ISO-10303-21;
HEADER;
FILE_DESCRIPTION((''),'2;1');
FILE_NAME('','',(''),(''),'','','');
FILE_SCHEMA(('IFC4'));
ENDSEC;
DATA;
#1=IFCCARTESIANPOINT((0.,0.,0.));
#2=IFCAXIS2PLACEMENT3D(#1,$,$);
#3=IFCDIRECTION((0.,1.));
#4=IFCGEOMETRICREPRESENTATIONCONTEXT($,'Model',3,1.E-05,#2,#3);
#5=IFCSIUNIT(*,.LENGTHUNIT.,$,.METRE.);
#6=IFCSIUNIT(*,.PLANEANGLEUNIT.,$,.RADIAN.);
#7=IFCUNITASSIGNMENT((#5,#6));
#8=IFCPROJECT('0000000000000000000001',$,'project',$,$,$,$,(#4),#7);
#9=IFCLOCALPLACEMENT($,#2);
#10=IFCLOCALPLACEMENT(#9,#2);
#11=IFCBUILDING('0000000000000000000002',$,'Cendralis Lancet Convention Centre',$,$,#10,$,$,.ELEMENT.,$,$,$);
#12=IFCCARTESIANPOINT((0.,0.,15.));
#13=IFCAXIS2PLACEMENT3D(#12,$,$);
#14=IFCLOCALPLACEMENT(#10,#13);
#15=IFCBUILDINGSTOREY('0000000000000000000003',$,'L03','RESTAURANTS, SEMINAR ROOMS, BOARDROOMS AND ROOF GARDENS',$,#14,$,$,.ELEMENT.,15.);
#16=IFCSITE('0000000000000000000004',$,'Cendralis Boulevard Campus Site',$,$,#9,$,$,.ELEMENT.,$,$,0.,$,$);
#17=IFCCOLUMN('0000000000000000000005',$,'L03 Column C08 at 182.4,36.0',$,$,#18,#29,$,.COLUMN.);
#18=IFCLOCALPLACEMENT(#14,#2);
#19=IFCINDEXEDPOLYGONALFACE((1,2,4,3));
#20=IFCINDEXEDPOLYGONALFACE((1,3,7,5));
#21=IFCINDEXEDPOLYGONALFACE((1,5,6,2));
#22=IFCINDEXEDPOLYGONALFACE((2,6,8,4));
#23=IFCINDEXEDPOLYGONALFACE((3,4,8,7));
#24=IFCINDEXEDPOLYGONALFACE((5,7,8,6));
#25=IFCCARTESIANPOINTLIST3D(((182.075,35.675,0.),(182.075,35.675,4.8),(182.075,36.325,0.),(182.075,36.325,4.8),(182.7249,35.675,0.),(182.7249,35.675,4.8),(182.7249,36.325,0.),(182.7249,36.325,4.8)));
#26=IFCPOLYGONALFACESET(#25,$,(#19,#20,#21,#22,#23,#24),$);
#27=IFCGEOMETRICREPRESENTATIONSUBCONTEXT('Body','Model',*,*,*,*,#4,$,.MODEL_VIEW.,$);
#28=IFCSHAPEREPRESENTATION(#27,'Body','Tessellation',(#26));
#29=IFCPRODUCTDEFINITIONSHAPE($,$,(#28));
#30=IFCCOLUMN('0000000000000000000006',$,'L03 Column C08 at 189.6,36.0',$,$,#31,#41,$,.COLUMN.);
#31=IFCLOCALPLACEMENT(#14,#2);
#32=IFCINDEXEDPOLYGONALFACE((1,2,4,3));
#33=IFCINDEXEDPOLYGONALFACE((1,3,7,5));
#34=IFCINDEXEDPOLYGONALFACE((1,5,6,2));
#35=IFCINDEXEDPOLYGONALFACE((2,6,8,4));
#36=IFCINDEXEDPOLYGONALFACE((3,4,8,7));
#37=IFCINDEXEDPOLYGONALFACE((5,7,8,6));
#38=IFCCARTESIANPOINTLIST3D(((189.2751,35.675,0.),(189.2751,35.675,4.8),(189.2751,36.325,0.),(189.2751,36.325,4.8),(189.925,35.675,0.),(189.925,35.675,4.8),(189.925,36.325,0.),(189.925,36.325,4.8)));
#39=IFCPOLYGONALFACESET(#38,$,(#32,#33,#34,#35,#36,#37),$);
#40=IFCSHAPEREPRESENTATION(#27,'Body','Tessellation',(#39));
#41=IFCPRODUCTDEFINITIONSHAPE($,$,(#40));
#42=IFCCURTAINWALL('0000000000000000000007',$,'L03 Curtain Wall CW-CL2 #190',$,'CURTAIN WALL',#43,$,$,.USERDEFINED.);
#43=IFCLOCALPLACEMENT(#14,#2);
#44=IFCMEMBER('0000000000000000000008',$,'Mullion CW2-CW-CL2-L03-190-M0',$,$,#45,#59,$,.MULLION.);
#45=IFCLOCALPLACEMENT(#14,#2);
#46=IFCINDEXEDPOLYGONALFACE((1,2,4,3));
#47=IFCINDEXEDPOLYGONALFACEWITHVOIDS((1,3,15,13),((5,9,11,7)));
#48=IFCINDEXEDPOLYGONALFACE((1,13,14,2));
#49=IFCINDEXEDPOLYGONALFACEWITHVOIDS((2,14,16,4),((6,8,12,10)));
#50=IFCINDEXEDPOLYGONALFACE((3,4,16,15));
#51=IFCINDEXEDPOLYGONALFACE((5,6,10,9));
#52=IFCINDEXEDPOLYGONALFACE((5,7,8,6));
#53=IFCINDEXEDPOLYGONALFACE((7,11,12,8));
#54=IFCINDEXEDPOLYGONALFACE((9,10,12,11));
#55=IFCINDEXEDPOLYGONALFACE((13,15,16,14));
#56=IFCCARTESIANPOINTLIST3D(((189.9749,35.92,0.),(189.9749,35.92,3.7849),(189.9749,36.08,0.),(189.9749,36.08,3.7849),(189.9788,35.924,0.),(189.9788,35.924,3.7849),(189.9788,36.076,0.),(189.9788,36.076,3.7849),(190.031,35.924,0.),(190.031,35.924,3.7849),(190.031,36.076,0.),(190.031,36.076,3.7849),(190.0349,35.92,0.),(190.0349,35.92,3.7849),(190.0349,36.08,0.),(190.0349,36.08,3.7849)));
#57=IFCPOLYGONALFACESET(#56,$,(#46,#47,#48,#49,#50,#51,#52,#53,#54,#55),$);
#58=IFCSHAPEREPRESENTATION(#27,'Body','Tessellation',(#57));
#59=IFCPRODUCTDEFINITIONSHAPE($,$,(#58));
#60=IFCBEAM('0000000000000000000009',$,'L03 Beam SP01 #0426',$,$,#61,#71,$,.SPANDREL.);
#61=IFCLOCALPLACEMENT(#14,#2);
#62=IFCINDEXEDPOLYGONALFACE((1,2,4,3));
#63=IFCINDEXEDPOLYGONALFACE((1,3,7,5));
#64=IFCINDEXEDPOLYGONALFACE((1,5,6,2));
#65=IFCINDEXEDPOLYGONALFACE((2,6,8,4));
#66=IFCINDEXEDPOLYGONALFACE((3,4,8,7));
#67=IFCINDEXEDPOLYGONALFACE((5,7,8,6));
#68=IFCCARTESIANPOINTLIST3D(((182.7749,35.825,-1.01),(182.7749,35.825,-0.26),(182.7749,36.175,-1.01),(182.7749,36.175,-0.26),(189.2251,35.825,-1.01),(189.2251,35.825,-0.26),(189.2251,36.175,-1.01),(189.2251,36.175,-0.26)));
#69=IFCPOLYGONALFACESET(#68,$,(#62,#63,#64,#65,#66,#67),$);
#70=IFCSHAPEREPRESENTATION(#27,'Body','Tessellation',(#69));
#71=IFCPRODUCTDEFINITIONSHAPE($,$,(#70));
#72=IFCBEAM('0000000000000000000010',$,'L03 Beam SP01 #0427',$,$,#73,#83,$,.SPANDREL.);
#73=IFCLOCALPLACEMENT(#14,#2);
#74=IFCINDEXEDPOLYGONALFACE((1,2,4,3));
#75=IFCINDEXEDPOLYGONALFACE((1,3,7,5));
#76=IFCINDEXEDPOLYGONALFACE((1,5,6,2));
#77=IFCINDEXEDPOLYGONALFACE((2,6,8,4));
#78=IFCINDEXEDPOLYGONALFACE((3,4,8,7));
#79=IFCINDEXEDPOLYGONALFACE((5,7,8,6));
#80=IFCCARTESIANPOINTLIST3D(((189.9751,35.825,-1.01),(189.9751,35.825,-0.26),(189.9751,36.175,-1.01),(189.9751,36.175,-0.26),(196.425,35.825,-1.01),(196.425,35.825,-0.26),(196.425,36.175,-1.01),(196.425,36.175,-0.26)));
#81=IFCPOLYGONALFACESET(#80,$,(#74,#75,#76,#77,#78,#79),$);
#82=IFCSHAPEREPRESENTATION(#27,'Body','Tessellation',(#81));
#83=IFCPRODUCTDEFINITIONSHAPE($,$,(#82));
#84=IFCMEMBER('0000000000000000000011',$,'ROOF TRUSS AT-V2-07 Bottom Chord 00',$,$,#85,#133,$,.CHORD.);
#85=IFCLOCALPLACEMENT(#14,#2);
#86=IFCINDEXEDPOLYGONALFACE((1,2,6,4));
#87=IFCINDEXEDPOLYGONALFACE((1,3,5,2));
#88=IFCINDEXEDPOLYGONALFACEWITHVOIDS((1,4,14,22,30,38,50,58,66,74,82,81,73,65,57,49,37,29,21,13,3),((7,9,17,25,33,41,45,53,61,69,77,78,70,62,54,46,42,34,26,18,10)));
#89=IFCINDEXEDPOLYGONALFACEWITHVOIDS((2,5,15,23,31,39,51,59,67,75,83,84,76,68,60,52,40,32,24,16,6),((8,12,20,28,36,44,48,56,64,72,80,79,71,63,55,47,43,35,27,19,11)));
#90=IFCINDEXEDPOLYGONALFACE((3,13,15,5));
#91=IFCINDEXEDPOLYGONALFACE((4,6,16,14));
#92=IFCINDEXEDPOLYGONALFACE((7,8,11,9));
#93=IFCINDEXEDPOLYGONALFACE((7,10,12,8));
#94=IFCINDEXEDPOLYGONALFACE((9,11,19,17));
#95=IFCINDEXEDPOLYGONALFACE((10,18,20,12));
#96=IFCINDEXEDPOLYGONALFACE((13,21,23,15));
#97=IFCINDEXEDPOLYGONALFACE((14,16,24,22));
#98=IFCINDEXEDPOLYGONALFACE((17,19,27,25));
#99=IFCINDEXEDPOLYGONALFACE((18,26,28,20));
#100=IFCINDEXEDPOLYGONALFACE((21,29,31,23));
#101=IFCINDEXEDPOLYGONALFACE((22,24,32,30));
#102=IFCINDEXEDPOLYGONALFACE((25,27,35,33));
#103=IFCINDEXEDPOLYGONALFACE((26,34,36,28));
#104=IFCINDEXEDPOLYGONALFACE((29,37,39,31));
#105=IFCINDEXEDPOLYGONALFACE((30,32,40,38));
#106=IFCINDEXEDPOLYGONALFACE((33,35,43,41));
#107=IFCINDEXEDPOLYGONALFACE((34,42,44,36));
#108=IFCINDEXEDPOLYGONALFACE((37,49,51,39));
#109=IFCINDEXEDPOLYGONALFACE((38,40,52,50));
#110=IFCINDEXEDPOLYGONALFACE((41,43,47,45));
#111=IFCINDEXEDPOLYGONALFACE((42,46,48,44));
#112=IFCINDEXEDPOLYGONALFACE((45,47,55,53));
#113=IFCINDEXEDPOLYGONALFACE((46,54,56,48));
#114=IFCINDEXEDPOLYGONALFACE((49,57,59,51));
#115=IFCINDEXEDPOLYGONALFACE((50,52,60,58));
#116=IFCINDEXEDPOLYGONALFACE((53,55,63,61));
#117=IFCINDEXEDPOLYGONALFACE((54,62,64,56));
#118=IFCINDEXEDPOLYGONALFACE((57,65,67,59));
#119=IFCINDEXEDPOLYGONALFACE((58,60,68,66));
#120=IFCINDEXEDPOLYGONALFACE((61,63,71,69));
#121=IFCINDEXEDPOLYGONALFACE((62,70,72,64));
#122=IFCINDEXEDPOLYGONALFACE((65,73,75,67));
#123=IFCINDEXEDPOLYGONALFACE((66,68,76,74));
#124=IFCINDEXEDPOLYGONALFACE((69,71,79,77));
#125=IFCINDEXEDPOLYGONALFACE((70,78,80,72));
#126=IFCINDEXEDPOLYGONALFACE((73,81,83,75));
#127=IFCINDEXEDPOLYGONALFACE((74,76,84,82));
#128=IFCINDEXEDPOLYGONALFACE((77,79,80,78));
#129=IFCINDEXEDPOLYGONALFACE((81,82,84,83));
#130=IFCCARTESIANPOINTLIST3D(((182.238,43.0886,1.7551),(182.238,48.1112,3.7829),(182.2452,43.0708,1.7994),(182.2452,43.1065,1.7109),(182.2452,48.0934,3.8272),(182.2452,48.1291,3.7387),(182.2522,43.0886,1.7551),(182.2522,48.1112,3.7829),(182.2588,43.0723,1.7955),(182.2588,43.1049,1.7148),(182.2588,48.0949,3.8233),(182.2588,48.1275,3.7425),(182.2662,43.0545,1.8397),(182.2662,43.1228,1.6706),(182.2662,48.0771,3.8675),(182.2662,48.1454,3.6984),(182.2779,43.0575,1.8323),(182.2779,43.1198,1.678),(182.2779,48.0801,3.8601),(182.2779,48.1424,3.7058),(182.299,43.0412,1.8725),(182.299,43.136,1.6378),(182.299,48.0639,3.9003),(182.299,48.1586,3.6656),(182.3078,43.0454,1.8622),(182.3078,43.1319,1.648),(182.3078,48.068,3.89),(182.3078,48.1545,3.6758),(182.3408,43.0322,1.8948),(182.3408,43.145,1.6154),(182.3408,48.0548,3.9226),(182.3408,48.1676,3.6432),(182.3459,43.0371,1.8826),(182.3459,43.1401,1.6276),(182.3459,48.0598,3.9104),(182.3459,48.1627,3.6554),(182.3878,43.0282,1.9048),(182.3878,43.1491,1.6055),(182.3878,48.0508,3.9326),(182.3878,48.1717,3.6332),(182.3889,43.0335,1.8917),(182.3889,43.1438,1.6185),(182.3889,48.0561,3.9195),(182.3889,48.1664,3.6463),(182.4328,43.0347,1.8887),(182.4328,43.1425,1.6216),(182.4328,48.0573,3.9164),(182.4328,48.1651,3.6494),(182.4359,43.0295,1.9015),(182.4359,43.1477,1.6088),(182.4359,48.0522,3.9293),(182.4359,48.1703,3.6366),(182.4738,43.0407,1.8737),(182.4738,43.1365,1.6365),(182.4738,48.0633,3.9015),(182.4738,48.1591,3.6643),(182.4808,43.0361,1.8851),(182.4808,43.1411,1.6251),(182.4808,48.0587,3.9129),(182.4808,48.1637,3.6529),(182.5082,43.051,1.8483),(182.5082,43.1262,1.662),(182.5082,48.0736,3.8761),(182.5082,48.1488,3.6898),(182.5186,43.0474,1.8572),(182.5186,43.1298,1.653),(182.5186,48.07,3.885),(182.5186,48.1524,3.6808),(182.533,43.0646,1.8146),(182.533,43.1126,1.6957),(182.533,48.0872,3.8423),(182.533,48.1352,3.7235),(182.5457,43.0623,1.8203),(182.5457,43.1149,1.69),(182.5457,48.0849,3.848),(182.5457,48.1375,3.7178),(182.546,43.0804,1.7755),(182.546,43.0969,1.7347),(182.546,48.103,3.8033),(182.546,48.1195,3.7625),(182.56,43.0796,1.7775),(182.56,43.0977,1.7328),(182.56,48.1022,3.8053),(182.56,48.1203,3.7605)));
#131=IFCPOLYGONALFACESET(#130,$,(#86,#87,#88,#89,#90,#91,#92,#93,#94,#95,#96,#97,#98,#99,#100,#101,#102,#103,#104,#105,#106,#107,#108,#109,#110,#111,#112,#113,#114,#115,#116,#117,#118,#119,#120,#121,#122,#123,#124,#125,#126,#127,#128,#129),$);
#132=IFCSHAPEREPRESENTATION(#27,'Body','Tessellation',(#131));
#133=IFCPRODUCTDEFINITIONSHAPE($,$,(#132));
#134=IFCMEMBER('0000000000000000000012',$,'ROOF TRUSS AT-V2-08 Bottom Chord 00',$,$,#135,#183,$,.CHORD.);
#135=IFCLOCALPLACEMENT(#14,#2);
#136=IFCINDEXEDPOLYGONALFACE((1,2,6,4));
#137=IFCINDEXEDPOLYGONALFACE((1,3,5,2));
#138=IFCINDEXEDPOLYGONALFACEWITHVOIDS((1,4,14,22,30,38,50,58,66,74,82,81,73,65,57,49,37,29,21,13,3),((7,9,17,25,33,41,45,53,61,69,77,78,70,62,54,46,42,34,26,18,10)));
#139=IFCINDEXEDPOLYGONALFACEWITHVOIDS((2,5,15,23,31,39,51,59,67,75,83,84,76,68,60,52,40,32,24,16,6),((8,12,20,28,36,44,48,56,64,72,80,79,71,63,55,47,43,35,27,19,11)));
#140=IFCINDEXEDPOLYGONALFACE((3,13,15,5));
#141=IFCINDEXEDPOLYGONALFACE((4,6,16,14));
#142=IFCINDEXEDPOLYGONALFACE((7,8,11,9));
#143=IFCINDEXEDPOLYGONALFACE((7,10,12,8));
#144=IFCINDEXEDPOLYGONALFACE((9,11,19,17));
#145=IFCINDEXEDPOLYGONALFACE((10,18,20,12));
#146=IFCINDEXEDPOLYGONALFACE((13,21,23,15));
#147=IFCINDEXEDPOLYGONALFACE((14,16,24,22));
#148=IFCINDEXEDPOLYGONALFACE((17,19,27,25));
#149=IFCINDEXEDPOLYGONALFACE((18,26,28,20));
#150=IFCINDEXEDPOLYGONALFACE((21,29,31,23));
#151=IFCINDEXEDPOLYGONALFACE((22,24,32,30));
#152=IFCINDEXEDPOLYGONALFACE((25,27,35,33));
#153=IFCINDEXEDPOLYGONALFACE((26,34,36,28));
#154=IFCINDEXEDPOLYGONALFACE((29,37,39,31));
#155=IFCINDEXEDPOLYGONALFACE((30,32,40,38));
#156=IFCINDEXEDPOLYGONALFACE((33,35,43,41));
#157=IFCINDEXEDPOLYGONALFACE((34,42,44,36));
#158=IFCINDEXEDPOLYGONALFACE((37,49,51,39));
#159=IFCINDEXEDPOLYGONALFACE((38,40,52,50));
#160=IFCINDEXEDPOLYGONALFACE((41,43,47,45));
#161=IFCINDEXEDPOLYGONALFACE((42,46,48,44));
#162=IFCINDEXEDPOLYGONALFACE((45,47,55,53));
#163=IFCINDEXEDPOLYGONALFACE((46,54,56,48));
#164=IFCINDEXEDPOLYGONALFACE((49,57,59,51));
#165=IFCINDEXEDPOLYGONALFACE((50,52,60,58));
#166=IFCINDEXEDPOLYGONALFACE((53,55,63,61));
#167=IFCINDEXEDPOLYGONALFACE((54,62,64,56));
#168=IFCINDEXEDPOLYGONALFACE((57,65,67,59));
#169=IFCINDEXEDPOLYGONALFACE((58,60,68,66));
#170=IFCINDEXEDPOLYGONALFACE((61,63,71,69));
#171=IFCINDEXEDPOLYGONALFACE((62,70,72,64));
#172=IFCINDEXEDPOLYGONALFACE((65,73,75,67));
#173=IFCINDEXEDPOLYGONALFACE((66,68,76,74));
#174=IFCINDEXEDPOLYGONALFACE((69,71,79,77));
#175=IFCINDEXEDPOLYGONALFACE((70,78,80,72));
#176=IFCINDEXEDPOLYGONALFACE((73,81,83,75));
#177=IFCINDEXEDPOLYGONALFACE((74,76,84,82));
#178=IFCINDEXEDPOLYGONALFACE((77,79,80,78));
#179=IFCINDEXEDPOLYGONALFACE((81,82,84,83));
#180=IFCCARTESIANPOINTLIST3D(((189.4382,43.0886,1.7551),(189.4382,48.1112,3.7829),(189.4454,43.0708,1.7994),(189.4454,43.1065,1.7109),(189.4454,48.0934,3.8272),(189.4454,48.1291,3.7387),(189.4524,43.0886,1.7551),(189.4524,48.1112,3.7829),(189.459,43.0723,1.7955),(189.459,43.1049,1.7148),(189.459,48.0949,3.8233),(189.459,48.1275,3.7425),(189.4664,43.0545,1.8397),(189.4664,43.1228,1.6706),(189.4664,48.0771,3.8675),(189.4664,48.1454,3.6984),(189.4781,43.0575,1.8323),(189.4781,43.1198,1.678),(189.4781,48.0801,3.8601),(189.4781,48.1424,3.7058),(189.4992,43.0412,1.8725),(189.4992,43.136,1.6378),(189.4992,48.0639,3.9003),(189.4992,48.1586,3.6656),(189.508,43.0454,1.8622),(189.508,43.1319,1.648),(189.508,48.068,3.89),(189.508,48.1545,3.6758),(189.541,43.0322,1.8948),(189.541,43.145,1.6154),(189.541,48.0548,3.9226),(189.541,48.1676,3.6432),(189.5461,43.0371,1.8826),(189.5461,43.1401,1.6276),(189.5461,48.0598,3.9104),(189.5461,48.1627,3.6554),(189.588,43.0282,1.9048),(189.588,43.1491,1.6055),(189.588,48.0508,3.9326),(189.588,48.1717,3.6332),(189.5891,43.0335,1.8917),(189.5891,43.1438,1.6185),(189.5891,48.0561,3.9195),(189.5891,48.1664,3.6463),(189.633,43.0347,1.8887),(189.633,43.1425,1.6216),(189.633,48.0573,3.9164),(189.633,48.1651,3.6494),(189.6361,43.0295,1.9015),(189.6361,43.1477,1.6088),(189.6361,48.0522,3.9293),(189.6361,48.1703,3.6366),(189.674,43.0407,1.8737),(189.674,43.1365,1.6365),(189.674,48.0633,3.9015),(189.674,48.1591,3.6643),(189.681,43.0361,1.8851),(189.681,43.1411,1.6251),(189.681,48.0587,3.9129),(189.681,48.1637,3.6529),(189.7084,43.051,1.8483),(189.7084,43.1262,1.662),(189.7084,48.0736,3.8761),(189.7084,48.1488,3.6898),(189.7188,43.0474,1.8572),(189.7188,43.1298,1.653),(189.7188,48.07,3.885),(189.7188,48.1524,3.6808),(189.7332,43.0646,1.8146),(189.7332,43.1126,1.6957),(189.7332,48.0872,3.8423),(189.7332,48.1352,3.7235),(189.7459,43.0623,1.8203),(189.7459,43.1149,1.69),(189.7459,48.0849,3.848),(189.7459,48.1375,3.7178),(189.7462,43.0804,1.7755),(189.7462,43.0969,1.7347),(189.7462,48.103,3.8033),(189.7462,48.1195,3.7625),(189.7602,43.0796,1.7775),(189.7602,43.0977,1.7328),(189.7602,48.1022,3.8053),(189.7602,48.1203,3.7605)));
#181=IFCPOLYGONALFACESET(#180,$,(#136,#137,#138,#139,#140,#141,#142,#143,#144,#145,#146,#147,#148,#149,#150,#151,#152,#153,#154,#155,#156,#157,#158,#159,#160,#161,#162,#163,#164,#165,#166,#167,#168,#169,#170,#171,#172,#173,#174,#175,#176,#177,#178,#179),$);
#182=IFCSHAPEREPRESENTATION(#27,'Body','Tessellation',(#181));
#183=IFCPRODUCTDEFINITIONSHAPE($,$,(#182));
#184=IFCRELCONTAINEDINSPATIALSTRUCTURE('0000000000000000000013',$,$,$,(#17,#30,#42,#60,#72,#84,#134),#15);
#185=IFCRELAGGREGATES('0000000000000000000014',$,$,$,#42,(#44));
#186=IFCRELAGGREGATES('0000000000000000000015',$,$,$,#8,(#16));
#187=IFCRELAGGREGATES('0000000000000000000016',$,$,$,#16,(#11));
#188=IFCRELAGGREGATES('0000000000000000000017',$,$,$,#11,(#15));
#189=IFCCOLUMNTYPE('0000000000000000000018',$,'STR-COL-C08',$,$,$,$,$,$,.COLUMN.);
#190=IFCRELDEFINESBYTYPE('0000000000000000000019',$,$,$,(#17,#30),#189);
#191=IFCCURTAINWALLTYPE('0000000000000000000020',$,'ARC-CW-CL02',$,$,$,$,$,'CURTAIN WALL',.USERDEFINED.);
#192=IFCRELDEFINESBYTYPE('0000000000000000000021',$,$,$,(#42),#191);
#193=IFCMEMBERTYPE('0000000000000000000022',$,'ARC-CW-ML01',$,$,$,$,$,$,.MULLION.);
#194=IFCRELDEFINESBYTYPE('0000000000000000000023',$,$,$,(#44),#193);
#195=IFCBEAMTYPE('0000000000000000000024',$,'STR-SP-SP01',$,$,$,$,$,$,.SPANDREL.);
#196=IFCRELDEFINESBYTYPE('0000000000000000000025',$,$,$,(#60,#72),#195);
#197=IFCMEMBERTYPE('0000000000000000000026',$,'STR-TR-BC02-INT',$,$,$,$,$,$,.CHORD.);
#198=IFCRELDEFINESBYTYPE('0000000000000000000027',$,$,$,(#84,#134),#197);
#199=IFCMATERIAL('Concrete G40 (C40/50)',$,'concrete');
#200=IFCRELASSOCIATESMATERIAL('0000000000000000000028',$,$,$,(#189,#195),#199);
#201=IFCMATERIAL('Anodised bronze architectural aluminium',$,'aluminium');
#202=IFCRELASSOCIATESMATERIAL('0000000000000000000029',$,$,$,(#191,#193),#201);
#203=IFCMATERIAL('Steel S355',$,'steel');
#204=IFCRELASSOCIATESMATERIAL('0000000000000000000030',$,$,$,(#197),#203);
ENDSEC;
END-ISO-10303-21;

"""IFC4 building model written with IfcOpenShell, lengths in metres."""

from ifc_helpers import new_model, si_unit, direction, frame, origin, origin_2d, place, context, subcontext, project, spatial, rectangle, hollow_rectangle, hollow_circle, extrude, material, material_profile, profile_set, type_object, element, aggregate, save


model = new_model("IFC4")

# Units and contexts
model_context = context("Model", 3, precision=1e-05, world=origin(), true_north=direction((0.0, 1.0)))
body_context = subcontext(model_context, "Body", "Model", "MODEL_VIEW")
ifc_project = project(units=[si_unit("LENGTHUNIT", "METRE"), si_unit("PLANEANGLEUNIT", "RADIAN")], contexts=[model_context])

# Site, building, storey
site_placement = place(None, origin())
site = spatial("IfcSite", under=ifc_project, at=site_placement, Name="Cendralis Boulevard Campus Site", CompositionType="ELEMENT", RefElevation=0.0)
building_placement = place(site_placement, origin())
building = spatial("IfcBuilding", under=site, at=building_placement, Name="Cendralis Lancet Convention Centre", CompositionType="ELEMENT")
storey_placement = place(building_placement, frame((0.0, 0.0, 15.0)))
storey = spatial("IfcBuildingStorey", under=building, at=storey_placement, Name="L03", Description="RESTAURANTS, SEMINAR ROOMS, BOARDROOMS AND ROOF GARDENS", CompositionType="ELEMENT", Elevation=15.0)

# Columns
ifc_material_1 = material(Name="Concrete G40 (C40/50)", Category="concrete")
ifc_material_profile_1 = material_profile(ifc_material_1, rectangle(XDim=0.6499, YDim=0.6499, at=origin_2d()), Name="RC 650x650")
ifc_profile_set_1 = profile_set([ifc_material_profile_1], Name="Concrete G40 (C40/50)")
column_type = type_object("IfcColumnType", Name="STR-COL-C08", PredefinedType="COLUMN", material=ifc_profile_set_1)
for number, where, z_axis, x_axis, name in (
    (1, (182.3999, 36.0, 0.0), (0.0, 0.0, 1.0), (1.0, 0.0, 0.0), "L03 Column C08 at 182.4,36.0"),
    (2, (189.6001, 36.0, 0.0), (0.0, 0.0, 1.0), (1.0, 0.0, 0.0), "L03 Column C08 at 189.6,36.0"),
):
    element("IfcColumn", number, at=place(storey_placement, frame(where, z_axis=z_axis, x_axis=x_axis)), inside=storey, type_object=column_type, Name=name, PredefinedType="COLUMN", context=body_context, shape_type="SweptSolid", body=[
        extrude(rectangle(XDim=0.6499, YDim=0.6499, at=origin_2d()), origin(), (0.0, 0.0, 1.0), 4.8),
    ])

# Curtain wall, member
ifc_material_2 = material(Name="Anodised bronze architectural aluminium", Category="aluminium")
curtain_wall_type = type_object("IfcCurtainWallType", Name="ARC-CW-CL02", ElementType="CURTAIN WALL", PredefinedType="USERDEFINED", material=ifc_material_2)
curtain_wall_placement = place(storey_placement, origin())
curtain_wall = element("IfcCurtainWall", 3, at=curtain_wall_placement, inside=storey, type_object=curtain_wall_type, Name="L03 Curtain Wall CW-CL2 #190", ObjectType="CURTAIN WALL", PredefinedType="USERDEFINED")
ifc_material_profile_2 = material_profile(ifc_material_2, hollow_rectangle(XDim=0.0601, YDim=0.1599, WallThickness=0.0039, at=origin_2d()), Name="AL-MULL 60x160x4.0")
ifc_profile_set_2 = profile_set([ifc_material_profile_2], Name="Anodised bronze architectural aluminium")
member_type_1 = type_object("IfcMemberType", Name="ARC-CW-ML01", PredefinedType="MULLION", material=ifc_profile_set_2)
member_placement = place(storey_placement, frame((190.0049, 36.0, 0.0), z_axis=(0.0, 0.0, 1.0), x_axis=(1.0, 0.0, 0.0)))
member = element("IfcMember", 4, at=member_placement, type_object=member_type_1, Name="Mullion CW2-CW-CL2-L03-190-M0", PredefinedType="MULLION", context=body_context, shape_type="SweptSolid", body=[
    extrude(hollow_rectangle(XDim=0.0601, YDim=0.1599, WallThickness=0.0039, at=origin_2d()), origin(), (0.0, 0.0, 1.0), 3.7849),
])
aggregate(curtain_wall, [member])

# Beams
ifc_material_profile_3 = material_profile(ifc_material_1, rectangle(XDim=0.3501, YDim=0.75, at=origin_2d()), Name="RCB 350x750")
ifc_profile_set_3 = profile_set([ifc_material_profile_3], Name="Concrete G40 (C40/50)")
beam_type = type_object("IfcBeamType", Name="STR-SP-SP01", PredefinedType="SPANDREL", material=ifc_profile_set_3)
beam_1_placement = place(storey_placement, frame((182.7749, 36.0, -0.635), z_axis=(1.0, 0.0, 0.0), x_axis=(0.0, 1.0, 0.0)))
element("IfcBeam", 5, at=beam_1_placement, inside=storey, type_object=beam_type, Name="L03 Beam SP01 #0426", PredefinedType="SPANDREL", context=body_context, shape_type="SweptSolid", body=[
    extrude(rectangle(XDim=0.3501, YDim=0.75, at=origin_2d()), origin(), (0.0, 0.0, 1.0), 6.4502),
])
beam_2_placement = place(storey_placement, frame((189.9751, 36.0, -0.635), z_axis=(1.0, 0.0, 0.0), x_axis=(0.0, 1.0, 0.0)))
element("IfcBeam", 6, at=beam_2_placement, inside=storey, type_object=beam_type, Name="L03 Beam SP01 #0427", PredefinedType="SPANDREL", context=body_context, shape_type="SweptSolid", body=[
    extrude(rectangle(XDim=0.3501, YDim=0.75, at=origin_2d()), origin(), (0.0, 0.0, 1.0), 6.45),
])

# Members
ifc_material_3 = material(Name="Steel S355", Category="steel")
ifc_material_profile_4 = material_profile(ifc_material_3, hollow_circle(Radius=0.1619, WallThickness=0.0142, at=origin_2d()), Name="CHS 323.9x14.2")
ifc_profile_set_4 = profile_set([ifc_material_profile_4], Name="Steel S355")
member_type_2 = type_object("IfcMemberType", Name="STR-TR-BC02-INT", PredefinedType="CHORD", material=ifc_profile_set_4)
for number, where, z_axis, x_axis, name in (
    (7, (182.3999, 43.0886, 1.7551), (0.0, 0.927278, 0.374373), (-1.0, 0.0, 0.0), "ROOF TRUSS AT-V2-07 Bottom Chord 00"),
    (8, (189.6001, 43.0886, 1.7551), (0.0, 0.927278, 0.374373), (-1.0, 0.0, 0.0), "ROOF TRUSS AT-V2-08 Bottom Chord 00"),
):
    element("IfcMember", number, at=place(storey_placement, frame(where, z_axis=z_axis, x_axis=x_axis)), inside=storey, type_object=member_type_2, Name=name, PredefinedType="CHORD", context=body_context, shape_type="SweptSolid", body=[
        extrude(hollow_circle(Radius=0.1619, WallThickness=0.0142, at=origin_2d()), origin(), (0.0, 0.0, 1.0), 5.4165),
    ])

save(model, "model.ifc")
